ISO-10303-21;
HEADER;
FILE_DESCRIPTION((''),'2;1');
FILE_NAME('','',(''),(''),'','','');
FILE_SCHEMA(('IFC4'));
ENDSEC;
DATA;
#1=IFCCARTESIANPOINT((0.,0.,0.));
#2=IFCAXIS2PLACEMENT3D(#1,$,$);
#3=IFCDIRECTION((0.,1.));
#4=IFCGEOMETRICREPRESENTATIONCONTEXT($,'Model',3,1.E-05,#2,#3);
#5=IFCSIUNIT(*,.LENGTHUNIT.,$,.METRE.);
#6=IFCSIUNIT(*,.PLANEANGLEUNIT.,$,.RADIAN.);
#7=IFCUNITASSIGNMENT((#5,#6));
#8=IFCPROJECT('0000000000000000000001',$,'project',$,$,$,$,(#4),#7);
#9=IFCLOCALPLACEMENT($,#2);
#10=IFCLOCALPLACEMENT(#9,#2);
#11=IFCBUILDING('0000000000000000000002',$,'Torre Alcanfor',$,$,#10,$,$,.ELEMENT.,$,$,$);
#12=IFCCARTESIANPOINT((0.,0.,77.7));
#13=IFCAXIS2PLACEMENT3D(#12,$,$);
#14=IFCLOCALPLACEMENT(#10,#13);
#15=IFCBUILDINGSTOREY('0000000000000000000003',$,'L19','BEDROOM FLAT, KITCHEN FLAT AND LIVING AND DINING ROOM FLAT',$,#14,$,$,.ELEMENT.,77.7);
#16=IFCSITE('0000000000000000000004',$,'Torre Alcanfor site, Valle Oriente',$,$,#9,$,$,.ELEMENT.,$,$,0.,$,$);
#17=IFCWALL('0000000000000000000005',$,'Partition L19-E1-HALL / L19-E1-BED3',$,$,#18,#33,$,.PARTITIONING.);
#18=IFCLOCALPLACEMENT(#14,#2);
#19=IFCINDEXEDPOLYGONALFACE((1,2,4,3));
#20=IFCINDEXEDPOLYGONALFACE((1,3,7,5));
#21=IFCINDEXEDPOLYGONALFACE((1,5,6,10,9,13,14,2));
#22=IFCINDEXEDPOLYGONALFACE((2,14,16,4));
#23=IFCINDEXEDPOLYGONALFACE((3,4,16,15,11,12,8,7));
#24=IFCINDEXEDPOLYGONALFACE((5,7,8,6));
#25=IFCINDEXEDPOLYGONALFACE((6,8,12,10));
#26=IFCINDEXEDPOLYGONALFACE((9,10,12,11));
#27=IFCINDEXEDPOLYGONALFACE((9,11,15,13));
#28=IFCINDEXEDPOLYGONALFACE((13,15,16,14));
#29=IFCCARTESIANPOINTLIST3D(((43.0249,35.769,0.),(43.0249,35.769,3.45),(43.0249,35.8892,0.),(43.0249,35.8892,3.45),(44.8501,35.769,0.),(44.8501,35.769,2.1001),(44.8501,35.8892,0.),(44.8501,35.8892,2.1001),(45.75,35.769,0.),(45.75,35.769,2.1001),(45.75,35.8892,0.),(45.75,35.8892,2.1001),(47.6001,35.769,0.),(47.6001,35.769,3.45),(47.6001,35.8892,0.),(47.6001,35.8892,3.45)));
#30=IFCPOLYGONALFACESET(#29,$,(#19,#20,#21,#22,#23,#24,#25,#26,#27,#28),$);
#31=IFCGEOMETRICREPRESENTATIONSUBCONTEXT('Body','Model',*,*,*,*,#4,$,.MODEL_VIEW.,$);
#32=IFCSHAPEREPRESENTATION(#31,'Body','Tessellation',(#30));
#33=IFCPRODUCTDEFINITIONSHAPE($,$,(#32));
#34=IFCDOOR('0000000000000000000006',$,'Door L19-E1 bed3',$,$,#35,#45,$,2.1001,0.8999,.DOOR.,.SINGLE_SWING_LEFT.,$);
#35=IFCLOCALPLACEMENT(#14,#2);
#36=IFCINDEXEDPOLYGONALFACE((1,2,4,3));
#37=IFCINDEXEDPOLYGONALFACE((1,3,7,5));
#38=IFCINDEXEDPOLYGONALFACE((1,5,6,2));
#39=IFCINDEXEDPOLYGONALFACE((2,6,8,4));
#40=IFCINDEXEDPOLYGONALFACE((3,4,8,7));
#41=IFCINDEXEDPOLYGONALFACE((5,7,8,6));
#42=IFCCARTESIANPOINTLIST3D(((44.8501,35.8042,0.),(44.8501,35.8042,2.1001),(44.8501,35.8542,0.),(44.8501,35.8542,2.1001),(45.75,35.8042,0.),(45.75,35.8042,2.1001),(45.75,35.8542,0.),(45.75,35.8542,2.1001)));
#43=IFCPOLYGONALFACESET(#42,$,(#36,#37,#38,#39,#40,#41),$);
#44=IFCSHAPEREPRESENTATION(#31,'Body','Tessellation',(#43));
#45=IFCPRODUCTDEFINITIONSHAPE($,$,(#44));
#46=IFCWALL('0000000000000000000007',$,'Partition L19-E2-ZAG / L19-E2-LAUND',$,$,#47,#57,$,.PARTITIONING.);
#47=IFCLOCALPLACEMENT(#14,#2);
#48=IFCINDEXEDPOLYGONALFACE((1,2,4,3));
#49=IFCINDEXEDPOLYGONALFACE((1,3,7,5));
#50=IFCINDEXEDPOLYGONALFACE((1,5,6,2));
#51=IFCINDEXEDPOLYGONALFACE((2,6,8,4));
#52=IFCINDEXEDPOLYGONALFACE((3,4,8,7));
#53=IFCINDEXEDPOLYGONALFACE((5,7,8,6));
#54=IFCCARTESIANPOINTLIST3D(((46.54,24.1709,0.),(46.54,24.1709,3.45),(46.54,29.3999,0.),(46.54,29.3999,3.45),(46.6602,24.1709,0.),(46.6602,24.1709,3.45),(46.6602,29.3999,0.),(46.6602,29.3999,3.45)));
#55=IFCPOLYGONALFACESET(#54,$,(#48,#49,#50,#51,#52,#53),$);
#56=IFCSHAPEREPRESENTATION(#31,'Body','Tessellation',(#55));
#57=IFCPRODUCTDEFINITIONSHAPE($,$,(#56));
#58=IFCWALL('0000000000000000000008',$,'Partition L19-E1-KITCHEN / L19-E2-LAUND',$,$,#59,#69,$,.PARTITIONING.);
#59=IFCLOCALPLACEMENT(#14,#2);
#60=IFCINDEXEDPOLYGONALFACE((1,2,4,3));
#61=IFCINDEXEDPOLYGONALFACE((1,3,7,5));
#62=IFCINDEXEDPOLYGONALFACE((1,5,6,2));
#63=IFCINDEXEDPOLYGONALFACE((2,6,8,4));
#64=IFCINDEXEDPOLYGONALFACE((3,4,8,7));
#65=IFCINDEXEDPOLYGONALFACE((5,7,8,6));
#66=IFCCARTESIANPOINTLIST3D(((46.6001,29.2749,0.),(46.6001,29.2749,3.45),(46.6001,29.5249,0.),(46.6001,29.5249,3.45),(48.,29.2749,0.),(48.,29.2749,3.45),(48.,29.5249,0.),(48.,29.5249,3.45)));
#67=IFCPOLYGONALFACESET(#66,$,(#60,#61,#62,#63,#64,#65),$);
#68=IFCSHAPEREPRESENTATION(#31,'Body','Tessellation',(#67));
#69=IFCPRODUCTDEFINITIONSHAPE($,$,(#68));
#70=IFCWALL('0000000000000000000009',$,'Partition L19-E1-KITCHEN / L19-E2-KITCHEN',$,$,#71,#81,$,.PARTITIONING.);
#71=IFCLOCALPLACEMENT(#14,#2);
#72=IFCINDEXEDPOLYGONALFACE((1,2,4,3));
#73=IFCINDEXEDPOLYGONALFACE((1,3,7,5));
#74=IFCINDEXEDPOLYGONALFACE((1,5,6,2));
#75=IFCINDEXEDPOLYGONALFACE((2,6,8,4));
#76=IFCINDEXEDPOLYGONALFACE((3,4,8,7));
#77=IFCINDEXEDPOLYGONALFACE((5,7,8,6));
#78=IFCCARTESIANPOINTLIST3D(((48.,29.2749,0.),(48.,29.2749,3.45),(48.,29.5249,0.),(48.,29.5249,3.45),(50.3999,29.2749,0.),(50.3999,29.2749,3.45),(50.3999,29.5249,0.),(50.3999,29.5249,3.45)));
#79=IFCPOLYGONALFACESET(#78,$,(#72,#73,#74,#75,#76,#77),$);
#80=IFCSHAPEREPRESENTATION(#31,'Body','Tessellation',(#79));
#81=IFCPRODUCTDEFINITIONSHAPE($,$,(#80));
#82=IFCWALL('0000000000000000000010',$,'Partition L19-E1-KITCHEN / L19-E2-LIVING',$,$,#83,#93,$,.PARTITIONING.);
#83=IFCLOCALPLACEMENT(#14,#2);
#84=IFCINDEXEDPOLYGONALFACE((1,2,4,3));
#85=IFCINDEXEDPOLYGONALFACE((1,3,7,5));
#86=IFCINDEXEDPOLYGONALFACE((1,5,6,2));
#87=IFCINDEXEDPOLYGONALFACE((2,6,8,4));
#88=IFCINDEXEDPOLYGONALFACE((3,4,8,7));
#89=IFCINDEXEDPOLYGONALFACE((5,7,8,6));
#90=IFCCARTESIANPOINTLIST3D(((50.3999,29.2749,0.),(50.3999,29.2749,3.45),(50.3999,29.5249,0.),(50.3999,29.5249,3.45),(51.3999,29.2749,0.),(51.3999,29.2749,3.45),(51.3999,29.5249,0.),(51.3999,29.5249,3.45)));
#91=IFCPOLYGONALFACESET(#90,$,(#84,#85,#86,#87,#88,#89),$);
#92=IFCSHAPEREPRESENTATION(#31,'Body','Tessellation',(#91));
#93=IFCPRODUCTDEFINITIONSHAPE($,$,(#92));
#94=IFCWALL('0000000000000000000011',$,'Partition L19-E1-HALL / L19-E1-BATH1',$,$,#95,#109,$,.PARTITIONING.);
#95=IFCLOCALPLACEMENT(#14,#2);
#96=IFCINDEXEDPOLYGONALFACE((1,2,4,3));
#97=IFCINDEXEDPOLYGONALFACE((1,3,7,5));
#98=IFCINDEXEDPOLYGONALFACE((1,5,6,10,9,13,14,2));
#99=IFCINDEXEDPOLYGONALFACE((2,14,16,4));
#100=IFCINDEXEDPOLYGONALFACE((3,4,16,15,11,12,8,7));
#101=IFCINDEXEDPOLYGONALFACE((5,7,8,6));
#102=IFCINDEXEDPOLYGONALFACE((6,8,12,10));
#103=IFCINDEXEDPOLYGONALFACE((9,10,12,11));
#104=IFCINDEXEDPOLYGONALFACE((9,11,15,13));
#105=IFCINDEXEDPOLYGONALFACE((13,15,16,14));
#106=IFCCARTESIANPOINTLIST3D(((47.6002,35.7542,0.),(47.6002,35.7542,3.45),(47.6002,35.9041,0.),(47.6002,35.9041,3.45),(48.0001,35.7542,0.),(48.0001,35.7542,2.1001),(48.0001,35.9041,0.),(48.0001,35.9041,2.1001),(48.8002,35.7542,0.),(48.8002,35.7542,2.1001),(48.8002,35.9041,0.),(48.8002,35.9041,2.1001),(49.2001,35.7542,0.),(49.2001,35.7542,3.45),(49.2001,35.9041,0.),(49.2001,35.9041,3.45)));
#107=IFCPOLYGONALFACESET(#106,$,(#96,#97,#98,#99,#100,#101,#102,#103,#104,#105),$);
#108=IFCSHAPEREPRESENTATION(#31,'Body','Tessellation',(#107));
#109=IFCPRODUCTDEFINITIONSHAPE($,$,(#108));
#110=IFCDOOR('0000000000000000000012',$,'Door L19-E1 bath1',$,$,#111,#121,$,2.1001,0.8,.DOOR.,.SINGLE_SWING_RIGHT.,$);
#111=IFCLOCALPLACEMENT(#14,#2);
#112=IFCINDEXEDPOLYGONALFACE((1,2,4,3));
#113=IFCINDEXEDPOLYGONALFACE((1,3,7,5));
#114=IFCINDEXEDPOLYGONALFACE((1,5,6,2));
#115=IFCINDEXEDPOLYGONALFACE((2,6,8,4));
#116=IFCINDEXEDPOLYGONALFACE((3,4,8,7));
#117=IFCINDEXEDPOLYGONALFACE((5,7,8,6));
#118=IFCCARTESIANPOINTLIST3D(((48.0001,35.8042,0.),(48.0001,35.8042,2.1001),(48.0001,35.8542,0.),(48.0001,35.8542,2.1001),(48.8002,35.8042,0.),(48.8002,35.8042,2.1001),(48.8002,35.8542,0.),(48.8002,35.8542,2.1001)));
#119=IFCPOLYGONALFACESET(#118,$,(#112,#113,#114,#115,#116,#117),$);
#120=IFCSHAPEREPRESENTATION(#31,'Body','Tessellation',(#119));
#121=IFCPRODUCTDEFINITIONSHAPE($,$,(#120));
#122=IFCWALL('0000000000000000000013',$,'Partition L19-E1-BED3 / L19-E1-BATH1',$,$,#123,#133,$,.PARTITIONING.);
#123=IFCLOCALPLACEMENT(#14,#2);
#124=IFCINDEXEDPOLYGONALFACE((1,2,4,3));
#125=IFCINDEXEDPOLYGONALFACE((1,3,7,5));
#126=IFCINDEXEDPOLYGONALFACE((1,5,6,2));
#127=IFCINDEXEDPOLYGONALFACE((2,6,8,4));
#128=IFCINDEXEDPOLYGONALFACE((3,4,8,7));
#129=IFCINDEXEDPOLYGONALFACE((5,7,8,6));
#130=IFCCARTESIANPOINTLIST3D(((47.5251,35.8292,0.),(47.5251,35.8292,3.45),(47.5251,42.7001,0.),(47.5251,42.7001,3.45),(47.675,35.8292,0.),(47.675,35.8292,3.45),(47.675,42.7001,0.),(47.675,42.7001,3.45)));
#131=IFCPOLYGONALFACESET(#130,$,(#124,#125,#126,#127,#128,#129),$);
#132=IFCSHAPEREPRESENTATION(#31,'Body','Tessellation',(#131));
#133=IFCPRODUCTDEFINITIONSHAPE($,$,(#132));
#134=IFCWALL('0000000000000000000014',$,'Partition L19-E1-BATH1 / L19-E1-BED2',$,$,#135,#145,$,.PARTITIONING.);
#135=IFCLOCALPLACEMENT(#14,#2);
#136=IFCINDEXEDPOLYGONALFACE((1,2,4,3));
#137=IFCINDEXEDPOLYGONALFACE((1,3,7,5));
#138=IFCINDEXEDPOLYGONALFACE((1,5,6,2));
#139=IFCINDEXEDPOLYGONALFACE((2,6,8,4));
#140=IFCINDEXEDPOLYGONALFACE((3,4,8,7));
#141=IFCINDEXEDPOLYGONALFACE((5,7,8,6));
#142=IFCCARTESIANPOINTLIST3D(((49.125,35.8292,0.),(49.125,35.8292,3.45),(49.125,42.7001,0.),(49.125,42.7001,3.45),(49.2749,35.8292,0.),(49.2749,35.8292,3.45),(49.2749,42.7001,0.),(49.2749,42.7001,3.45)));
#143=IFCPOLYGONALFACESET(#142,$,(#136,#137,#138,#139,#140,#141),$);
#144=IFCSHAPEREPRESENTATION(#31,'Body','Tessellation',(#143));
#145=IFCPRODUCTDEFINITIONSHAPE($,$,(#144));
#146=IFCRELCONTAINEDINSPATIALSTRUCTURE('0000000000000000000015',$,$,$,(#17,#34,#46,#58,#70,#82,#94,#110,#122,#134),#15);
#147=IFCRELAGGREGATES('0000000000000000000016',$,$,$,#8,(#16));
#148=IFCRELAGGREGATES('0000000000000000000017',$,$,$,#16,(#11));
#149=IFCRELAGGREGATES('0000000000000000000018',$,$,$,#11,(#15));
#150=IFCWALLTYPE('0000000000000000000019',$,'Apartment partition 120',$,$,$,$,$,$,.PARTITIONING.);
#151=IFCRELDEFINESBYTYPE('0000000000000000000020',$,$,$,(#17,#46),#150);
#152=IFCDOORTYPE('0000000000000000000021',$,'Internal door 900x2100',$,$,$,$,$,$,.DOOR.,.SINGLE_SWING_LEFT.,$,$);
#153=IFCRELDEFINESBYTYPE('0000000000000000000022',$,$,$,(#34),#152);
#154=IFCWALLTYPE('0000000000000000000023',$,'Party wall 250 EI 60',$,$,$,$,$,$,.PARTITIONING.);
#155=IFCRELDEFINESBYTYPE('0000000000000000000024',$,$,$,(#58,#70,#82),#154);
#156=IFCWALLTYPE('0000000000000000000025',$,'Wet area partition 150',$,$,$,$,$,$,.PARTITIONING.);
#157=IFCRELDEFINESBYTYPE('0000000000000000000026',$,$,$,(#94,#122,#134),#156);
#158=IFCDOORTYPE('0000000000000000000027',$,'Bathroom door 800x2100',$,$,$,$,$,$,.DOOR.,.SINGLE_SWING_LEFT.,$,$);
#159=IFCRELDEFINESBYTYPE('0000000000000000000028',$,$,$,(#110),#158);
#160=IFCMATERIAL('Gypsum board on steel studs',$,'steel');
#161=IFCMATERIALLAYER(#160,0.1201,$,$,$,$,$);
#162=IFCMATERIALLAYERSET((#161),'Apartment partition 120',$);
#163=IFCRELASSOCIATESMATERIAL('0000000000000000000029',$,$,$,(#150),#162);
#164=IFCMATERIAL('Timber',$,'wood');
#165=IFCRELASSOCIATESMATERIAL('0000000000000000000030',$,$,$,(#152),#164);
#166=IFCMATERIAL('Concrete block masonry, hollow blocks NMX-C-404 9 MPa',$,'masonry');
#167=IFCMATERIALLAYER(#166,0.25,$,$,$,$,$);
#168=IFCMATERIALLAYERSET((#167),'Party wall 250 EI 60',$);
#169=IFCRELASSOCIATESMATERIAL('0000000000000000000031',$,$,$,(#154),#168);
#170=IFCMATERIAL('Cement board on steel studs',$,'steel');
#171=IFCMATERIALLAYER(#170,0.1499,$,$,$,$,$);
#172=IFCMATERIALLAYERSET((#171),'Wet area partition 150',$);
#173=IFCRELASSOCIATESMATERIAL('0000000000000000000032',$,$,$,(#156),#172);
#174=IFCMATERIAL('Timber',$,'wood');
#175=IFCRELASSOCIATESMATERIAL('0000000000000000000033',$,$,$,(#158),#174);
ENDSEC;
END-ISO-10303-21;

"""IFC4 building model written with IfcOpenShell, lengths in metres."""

from ifc_helpers import new_model, si_unit, direction, frame, frame_2d, origin, place, context, subcontext, project, spatial, rectangle, extrude, material, layer, layer_set, type_object, element, fill, save


model = new_model("IFC4")

# Units and contexts
model_context = context("Model", 3, precision=1e-05, world=origin(), true_north=direction((0.0, 1.0)))
body_context = subcontext(model_context, "Body", "Model", "MODEL_VIEW")
ifc_project = project(units=[si_unit("LENGTHUNIT", "METRE"), si_unit("PLANEANGLEUNIT", "RADIAN")], contexts=[model_context])

# Site, building, storey
site_placement = place(None, origin())
site = spatial("IfcSite", under=ifc_project, at=site_placement, Name="Torre Alcanfor site, Valle Oriente", CompositionType="ELEMENT", RefElevation=0.0)
building_placement = place(site_placement, origin())
building = spatial("IfcBuilding", under=site, at=building_placement, Name="Torre Alcanfor", CompositionType="ELEMENT")
storey_placement = place(building_placement, frame((0.0, 0.0, 77.7)))
storey = spatial("IfcBuildingStorey", under=building, at=storey_placement, Name="L19", Description="BEDROOM FLAT, KITCHEN FLAT AND LIVING AND DINING ROOM FLAT", CompositionType="ELEMENT", Elevation=77.7)

# Wall, opening, door
ifc_material_1 = material(Name="Gypsum board on steel studs", Category="steel")
ifc_layer_1 = layer(ifc_material_1, 0.1201)
ifc_layer_set_1 = layer_set([ifc_layer_1], Name="Apartment partition 120")
wall_type_1 = type_object("IfcWallType", Name="Apartment partition 120", PredefinedType="PARTITIONING", material=ifc_layer_set_1)
wall_1_placement = place(storey_placement, frame((47.6001, 35.8291, 0.0), z_axis=(0.0, 0.0, 1.0), x_axis=(-1.0, 0.0, 0.0)))
wall_1 = element("IfcWall", 1, at=wall_1_placement, inside=storey, type_object=wall_type_1, Name="Partition L19-E1-HALL / L19-E1-BED3", PredefinedType="PARTITIONING", context=body_context, shape_type="SweptSolid", body=[
    extrude(rectangle(XDim=4.5752, YDim=0.1201, at=frame_2d((2.2876, 0.0))), origin(), (0.0, 0.0, 1.0), 3.45),
])
opening_1_placement = place(wall_1_placement, frame((1.8501, 0.0, 0.0)))
opening_1 = element("IfcOpeningElement", 2, at=opening_1_placement, cuts=wall_1, PredefinedType="OPENING", context=body_context, shape_type="SweptSolid", body=[
    extrude(rectangle(XDim=0.8999, YDim=2.1001, at=frame_2d((0.45, 1.05))), frame((0.0, 0.0701, 0.0), z_axis=(0.0, -1.0, 0.0), x_axis=(1.0, 0.0, 0.0)), (0.0, 0.0, 1.0), 0.1401),
])
ifc_material_2 = material(Name="Timber", Category="wood")
door_type_1 = type_object("IfcDoorType", Name="Internal door 900x2100", OperationType="SINGLE_SWING_LEFT", PredefinedType="DOOR", material=ifc_material_2)
door_1_placement = place(opening_1_placement, frame((0.8999, 0.0, 0.0), z_axis=(0.0, 0.0, 1.0), x_axis=(-1.0, 0.0, 0.0)))
door_1 = element("IfcDoor", 3, at=door_1_placement, inside=storey, type_object=door_type_1, Name="Door L19-E1 bed3", OperationType="SINGLE_SWING_LEFT", OverallHeight=2.1001, OverallWidth=0.8999, PredefinedType="DOOR", context=body_context, shape_type="SweptSolid", body=[
    extrude(rectangle(XDim=0.8999, YDim=2.1001, at=frame_2d((0.45, 1.05))), frame((0.0, 0.0251, 0.0), z_axis=(0.0, -1.0, 0.0), x_axis=(1.0, 0.0, 0.0)), (0.0, 0.0, 1.0), 0.05),
])
fill(opening_1, door_1)

# Walls
wall_2_placement = place(storey_placement, frame((46.6001, 29.3999, 0.0), z_axis=(0.0, 0.0, 1.0), x_axis=(0.0, -1.0, 0.0)))
element("IfcWall", 4, at=wall_2_placement, inside=storey, type_object=wall_type_1, Name="Partition L19-E2-ZAG / L19-E2-LAUND", PredefinedType="PARTITIONING", context=body_context, shape_type="SweptSolid", body=[
    extrude(rectangle(XDim=5.229, YDim=0.1201, at=frame_2d((2.6145, 0.0))), origin(), (0.0, 0.0, 1.0), 3.45),
])
ifc_material_3 = material(Name="Concrete block masonry, hollow blocks NMX-C-404 9 MPa", Category="masonry")
ifc_layer_2 = layer(ifc_material_3, 0.25)
ifc_layer_set_2 = layer_set([ifc_layer_2], Name="Party wall 250 EI 60")
wall_type_2 = type_object("IfcWallType", Name="Party wall 250 EI 60", PredefinedType="PARTITIONING", material=ifc_layer_set_2)
wall_3_placement = place(storey_placement, frame((46.6001, 29.3999, 0.0), z_axis=(0.0, 0.0, 1.0), x_axis=(1.0, 0.0, 0.0)))
element("IfcWall", 5, at=wall_3_placement, inside=storey, type_object=wall_type_2, Name="Partition L19-E1-KITCHEN / L19-E2-LAUND", PredefinedType="PARTITIONING", context=body_context, shape_type="SweptSolid", body=[
    extrude(rectangle(XDim=1.3999, YDim=0.25, at=frame_2d((0.7, 0.0))), origin(), (0.0, 0.0, 1.0), 3.45),
])
wall_4_placement = place(storey_placement, frame((48.0, 29.3999, 0.0), z_axis=(0.0, 0.0, 1.0), x_axis=(1.0, 0.0, 0.0)))
element("IfcWall", 6, at=wall_4_placement, inside=storey, type_object=wall_type_2, Name="Partition L19-E1-KITCHEN / L19-E2-KITCHEN", PredefinedType="PARTITIONING", context=body_context, shape_type="SweptSolid", body=[
    extrude(rectangle(XDim=2.3999, YDim=0.25, at=frame_2d((1.2, 0.0))), origin(), (0.0, 0.0, 1.0), 3.45),
])
wall_5_placement = place(storey_placement, frame((50.3999, 29.3999, 0.0), z_axis=(0.0, 0.0, 1.0), x_axis=(1.0, 0.0, 0.0)))
element("IfcWall", 7, at=wall_5_placement, inside=storey, type_object=wall_type_2, Name="Partition L19-E1-KITCHEN / L19-E2-LIVING", PredefinedType="PARTITIONING", context=body_context, shape_type="SweptSolid", body=[
    extrude(rectangle(XDim=1.0, YDim=0.25, at=frame_2d((0.5, 0.0))), origin(), (0.0, 0.0, 1.0), 3.45),
])

# Wall, opening, door
ifc_material_4 = material(Name="Cement board on steel studs", Category="steel")
ifc_layer_3 = layer(ifc_material_4, 0.1499)
ifc_layer_set_3 = layer_set([ifc_layer_3], Name="Wet area partition 150")
wall_type_3 = type_object("IfcWallType", Name="Wet area partition 150", PredefinedType="PARTITIONING", material=ifc_layer_set_3)
wall_6_placement = place(storey_placement, frame((49.2, 35.8291, 0.0), z_axis=(0.0, 0.0, 1.0), x_axis=(-1.0, 0.0, 0.0)))
wall_6 = element("IfcWall", 8, at=wall_6_placement, inside=storey, type_object=wall_type_3, Name="Partition L19-E1-HALL / L19-E1-BATH1", PredefinedType="PARTITIONING", context=body_context, shape_type="SweptSolid", body=[
    extrude(rectangle(XDim=1.5999, YDim=0.1499, at=frame_2d((0.7998, 0.0))), origin(), (0.0, 0.0, 1.0), 3.45),
])
opening_2_placement = place(wall_6_placement, frame((0.3999, 0.0, 0.0)))
opening_2 = element("IfcOpeningElement", 9, at=opening_2_placement, cuts=wall_6, PredefinedType="OPENING", context=body_context, shape_type="SweptSolid", body=[
    extrude(rectangle(XDim=0.8, YDim=2.1001, at=frame_2d((0.3999, 1.05))), frame((0.0, 0.085, 0.0), z_axis=(0.0, -1.0, 0.0), x_axis=(1.0, 0.0, 0.0)), (0.0, 0.0, 1.0), 0.1699),
])
ifc_material_5 = material(Name="Timber", Category="wood")
door_type_2 = type_object("IfcDoorType", Name="Bathroom door 800x2100", OperationType="SINGLE_SWING_LEFT", PredefinedType="DOOR", material=ifc_material_5)
door_2_placement = place(opening_2_placement, frame((0.8, 0.0, 0.0), z_axis=(0.0, 0.0, 1.0), x_axis=(-1.0, 0.0, 0.0)))
door_2 = element("IfcDoor", 10, at=door_2_placement, inside=storey, type_object=door_type_2, Name="Door L19-E1 bath1", OperationType="SINGLE_SWING_RIGHT", OverallHeight=2.1001, OverallWidth=0.8, PredefinedType="DOOR", context=body_context, shape_type="SweptSolid", body=[
    extrude(rectangle(XDim=0.8, YDim=2.1001, at=frame_2d((0.4001, 1.05))), frame((0.0, 0.0251, 0.0), z_axis=(0.0, -1.0, 0.0), x_axis=(1.0, 0.0, 0.0)), (0.0, 0.0, 1.0), 0.05),
])
fill(opening_2, door_2)

# Walls
for number, where, z_axis, x_axis, name in (
    (11, (47.6001, 35.8291, 0.0), (0.0, 0.0, 1.0), (0.0, 1.0, 0.0), "Partition L19-E1-BED3 / L19-E1-BATH1"),
    (12, (49.2, 35.8291, 0.0), (0.0, 0.0, 1.0), (0.0, 1.0, 0.0), "Partition L19-E1-BATH1 / L19-E1-BED2"),
):
    element("IfcWall", number, at=place(storey_placement, frame(where, z_axis=z_axis, x_axis=x_axis)), inside=storey, type_object=wall_type_3, Name=name, PredefinedType="PARTITIONING", context=body_context, shape_type="SweptSolid", body=[
        extrude(rectangle(XDim=6.8708, YDim=0.1499, at=frame_2d((3.4355, 0.0))), origin(), (0.0, 0.0, 1.0), 3.45),
    ])

save(model, "model.ifc")
